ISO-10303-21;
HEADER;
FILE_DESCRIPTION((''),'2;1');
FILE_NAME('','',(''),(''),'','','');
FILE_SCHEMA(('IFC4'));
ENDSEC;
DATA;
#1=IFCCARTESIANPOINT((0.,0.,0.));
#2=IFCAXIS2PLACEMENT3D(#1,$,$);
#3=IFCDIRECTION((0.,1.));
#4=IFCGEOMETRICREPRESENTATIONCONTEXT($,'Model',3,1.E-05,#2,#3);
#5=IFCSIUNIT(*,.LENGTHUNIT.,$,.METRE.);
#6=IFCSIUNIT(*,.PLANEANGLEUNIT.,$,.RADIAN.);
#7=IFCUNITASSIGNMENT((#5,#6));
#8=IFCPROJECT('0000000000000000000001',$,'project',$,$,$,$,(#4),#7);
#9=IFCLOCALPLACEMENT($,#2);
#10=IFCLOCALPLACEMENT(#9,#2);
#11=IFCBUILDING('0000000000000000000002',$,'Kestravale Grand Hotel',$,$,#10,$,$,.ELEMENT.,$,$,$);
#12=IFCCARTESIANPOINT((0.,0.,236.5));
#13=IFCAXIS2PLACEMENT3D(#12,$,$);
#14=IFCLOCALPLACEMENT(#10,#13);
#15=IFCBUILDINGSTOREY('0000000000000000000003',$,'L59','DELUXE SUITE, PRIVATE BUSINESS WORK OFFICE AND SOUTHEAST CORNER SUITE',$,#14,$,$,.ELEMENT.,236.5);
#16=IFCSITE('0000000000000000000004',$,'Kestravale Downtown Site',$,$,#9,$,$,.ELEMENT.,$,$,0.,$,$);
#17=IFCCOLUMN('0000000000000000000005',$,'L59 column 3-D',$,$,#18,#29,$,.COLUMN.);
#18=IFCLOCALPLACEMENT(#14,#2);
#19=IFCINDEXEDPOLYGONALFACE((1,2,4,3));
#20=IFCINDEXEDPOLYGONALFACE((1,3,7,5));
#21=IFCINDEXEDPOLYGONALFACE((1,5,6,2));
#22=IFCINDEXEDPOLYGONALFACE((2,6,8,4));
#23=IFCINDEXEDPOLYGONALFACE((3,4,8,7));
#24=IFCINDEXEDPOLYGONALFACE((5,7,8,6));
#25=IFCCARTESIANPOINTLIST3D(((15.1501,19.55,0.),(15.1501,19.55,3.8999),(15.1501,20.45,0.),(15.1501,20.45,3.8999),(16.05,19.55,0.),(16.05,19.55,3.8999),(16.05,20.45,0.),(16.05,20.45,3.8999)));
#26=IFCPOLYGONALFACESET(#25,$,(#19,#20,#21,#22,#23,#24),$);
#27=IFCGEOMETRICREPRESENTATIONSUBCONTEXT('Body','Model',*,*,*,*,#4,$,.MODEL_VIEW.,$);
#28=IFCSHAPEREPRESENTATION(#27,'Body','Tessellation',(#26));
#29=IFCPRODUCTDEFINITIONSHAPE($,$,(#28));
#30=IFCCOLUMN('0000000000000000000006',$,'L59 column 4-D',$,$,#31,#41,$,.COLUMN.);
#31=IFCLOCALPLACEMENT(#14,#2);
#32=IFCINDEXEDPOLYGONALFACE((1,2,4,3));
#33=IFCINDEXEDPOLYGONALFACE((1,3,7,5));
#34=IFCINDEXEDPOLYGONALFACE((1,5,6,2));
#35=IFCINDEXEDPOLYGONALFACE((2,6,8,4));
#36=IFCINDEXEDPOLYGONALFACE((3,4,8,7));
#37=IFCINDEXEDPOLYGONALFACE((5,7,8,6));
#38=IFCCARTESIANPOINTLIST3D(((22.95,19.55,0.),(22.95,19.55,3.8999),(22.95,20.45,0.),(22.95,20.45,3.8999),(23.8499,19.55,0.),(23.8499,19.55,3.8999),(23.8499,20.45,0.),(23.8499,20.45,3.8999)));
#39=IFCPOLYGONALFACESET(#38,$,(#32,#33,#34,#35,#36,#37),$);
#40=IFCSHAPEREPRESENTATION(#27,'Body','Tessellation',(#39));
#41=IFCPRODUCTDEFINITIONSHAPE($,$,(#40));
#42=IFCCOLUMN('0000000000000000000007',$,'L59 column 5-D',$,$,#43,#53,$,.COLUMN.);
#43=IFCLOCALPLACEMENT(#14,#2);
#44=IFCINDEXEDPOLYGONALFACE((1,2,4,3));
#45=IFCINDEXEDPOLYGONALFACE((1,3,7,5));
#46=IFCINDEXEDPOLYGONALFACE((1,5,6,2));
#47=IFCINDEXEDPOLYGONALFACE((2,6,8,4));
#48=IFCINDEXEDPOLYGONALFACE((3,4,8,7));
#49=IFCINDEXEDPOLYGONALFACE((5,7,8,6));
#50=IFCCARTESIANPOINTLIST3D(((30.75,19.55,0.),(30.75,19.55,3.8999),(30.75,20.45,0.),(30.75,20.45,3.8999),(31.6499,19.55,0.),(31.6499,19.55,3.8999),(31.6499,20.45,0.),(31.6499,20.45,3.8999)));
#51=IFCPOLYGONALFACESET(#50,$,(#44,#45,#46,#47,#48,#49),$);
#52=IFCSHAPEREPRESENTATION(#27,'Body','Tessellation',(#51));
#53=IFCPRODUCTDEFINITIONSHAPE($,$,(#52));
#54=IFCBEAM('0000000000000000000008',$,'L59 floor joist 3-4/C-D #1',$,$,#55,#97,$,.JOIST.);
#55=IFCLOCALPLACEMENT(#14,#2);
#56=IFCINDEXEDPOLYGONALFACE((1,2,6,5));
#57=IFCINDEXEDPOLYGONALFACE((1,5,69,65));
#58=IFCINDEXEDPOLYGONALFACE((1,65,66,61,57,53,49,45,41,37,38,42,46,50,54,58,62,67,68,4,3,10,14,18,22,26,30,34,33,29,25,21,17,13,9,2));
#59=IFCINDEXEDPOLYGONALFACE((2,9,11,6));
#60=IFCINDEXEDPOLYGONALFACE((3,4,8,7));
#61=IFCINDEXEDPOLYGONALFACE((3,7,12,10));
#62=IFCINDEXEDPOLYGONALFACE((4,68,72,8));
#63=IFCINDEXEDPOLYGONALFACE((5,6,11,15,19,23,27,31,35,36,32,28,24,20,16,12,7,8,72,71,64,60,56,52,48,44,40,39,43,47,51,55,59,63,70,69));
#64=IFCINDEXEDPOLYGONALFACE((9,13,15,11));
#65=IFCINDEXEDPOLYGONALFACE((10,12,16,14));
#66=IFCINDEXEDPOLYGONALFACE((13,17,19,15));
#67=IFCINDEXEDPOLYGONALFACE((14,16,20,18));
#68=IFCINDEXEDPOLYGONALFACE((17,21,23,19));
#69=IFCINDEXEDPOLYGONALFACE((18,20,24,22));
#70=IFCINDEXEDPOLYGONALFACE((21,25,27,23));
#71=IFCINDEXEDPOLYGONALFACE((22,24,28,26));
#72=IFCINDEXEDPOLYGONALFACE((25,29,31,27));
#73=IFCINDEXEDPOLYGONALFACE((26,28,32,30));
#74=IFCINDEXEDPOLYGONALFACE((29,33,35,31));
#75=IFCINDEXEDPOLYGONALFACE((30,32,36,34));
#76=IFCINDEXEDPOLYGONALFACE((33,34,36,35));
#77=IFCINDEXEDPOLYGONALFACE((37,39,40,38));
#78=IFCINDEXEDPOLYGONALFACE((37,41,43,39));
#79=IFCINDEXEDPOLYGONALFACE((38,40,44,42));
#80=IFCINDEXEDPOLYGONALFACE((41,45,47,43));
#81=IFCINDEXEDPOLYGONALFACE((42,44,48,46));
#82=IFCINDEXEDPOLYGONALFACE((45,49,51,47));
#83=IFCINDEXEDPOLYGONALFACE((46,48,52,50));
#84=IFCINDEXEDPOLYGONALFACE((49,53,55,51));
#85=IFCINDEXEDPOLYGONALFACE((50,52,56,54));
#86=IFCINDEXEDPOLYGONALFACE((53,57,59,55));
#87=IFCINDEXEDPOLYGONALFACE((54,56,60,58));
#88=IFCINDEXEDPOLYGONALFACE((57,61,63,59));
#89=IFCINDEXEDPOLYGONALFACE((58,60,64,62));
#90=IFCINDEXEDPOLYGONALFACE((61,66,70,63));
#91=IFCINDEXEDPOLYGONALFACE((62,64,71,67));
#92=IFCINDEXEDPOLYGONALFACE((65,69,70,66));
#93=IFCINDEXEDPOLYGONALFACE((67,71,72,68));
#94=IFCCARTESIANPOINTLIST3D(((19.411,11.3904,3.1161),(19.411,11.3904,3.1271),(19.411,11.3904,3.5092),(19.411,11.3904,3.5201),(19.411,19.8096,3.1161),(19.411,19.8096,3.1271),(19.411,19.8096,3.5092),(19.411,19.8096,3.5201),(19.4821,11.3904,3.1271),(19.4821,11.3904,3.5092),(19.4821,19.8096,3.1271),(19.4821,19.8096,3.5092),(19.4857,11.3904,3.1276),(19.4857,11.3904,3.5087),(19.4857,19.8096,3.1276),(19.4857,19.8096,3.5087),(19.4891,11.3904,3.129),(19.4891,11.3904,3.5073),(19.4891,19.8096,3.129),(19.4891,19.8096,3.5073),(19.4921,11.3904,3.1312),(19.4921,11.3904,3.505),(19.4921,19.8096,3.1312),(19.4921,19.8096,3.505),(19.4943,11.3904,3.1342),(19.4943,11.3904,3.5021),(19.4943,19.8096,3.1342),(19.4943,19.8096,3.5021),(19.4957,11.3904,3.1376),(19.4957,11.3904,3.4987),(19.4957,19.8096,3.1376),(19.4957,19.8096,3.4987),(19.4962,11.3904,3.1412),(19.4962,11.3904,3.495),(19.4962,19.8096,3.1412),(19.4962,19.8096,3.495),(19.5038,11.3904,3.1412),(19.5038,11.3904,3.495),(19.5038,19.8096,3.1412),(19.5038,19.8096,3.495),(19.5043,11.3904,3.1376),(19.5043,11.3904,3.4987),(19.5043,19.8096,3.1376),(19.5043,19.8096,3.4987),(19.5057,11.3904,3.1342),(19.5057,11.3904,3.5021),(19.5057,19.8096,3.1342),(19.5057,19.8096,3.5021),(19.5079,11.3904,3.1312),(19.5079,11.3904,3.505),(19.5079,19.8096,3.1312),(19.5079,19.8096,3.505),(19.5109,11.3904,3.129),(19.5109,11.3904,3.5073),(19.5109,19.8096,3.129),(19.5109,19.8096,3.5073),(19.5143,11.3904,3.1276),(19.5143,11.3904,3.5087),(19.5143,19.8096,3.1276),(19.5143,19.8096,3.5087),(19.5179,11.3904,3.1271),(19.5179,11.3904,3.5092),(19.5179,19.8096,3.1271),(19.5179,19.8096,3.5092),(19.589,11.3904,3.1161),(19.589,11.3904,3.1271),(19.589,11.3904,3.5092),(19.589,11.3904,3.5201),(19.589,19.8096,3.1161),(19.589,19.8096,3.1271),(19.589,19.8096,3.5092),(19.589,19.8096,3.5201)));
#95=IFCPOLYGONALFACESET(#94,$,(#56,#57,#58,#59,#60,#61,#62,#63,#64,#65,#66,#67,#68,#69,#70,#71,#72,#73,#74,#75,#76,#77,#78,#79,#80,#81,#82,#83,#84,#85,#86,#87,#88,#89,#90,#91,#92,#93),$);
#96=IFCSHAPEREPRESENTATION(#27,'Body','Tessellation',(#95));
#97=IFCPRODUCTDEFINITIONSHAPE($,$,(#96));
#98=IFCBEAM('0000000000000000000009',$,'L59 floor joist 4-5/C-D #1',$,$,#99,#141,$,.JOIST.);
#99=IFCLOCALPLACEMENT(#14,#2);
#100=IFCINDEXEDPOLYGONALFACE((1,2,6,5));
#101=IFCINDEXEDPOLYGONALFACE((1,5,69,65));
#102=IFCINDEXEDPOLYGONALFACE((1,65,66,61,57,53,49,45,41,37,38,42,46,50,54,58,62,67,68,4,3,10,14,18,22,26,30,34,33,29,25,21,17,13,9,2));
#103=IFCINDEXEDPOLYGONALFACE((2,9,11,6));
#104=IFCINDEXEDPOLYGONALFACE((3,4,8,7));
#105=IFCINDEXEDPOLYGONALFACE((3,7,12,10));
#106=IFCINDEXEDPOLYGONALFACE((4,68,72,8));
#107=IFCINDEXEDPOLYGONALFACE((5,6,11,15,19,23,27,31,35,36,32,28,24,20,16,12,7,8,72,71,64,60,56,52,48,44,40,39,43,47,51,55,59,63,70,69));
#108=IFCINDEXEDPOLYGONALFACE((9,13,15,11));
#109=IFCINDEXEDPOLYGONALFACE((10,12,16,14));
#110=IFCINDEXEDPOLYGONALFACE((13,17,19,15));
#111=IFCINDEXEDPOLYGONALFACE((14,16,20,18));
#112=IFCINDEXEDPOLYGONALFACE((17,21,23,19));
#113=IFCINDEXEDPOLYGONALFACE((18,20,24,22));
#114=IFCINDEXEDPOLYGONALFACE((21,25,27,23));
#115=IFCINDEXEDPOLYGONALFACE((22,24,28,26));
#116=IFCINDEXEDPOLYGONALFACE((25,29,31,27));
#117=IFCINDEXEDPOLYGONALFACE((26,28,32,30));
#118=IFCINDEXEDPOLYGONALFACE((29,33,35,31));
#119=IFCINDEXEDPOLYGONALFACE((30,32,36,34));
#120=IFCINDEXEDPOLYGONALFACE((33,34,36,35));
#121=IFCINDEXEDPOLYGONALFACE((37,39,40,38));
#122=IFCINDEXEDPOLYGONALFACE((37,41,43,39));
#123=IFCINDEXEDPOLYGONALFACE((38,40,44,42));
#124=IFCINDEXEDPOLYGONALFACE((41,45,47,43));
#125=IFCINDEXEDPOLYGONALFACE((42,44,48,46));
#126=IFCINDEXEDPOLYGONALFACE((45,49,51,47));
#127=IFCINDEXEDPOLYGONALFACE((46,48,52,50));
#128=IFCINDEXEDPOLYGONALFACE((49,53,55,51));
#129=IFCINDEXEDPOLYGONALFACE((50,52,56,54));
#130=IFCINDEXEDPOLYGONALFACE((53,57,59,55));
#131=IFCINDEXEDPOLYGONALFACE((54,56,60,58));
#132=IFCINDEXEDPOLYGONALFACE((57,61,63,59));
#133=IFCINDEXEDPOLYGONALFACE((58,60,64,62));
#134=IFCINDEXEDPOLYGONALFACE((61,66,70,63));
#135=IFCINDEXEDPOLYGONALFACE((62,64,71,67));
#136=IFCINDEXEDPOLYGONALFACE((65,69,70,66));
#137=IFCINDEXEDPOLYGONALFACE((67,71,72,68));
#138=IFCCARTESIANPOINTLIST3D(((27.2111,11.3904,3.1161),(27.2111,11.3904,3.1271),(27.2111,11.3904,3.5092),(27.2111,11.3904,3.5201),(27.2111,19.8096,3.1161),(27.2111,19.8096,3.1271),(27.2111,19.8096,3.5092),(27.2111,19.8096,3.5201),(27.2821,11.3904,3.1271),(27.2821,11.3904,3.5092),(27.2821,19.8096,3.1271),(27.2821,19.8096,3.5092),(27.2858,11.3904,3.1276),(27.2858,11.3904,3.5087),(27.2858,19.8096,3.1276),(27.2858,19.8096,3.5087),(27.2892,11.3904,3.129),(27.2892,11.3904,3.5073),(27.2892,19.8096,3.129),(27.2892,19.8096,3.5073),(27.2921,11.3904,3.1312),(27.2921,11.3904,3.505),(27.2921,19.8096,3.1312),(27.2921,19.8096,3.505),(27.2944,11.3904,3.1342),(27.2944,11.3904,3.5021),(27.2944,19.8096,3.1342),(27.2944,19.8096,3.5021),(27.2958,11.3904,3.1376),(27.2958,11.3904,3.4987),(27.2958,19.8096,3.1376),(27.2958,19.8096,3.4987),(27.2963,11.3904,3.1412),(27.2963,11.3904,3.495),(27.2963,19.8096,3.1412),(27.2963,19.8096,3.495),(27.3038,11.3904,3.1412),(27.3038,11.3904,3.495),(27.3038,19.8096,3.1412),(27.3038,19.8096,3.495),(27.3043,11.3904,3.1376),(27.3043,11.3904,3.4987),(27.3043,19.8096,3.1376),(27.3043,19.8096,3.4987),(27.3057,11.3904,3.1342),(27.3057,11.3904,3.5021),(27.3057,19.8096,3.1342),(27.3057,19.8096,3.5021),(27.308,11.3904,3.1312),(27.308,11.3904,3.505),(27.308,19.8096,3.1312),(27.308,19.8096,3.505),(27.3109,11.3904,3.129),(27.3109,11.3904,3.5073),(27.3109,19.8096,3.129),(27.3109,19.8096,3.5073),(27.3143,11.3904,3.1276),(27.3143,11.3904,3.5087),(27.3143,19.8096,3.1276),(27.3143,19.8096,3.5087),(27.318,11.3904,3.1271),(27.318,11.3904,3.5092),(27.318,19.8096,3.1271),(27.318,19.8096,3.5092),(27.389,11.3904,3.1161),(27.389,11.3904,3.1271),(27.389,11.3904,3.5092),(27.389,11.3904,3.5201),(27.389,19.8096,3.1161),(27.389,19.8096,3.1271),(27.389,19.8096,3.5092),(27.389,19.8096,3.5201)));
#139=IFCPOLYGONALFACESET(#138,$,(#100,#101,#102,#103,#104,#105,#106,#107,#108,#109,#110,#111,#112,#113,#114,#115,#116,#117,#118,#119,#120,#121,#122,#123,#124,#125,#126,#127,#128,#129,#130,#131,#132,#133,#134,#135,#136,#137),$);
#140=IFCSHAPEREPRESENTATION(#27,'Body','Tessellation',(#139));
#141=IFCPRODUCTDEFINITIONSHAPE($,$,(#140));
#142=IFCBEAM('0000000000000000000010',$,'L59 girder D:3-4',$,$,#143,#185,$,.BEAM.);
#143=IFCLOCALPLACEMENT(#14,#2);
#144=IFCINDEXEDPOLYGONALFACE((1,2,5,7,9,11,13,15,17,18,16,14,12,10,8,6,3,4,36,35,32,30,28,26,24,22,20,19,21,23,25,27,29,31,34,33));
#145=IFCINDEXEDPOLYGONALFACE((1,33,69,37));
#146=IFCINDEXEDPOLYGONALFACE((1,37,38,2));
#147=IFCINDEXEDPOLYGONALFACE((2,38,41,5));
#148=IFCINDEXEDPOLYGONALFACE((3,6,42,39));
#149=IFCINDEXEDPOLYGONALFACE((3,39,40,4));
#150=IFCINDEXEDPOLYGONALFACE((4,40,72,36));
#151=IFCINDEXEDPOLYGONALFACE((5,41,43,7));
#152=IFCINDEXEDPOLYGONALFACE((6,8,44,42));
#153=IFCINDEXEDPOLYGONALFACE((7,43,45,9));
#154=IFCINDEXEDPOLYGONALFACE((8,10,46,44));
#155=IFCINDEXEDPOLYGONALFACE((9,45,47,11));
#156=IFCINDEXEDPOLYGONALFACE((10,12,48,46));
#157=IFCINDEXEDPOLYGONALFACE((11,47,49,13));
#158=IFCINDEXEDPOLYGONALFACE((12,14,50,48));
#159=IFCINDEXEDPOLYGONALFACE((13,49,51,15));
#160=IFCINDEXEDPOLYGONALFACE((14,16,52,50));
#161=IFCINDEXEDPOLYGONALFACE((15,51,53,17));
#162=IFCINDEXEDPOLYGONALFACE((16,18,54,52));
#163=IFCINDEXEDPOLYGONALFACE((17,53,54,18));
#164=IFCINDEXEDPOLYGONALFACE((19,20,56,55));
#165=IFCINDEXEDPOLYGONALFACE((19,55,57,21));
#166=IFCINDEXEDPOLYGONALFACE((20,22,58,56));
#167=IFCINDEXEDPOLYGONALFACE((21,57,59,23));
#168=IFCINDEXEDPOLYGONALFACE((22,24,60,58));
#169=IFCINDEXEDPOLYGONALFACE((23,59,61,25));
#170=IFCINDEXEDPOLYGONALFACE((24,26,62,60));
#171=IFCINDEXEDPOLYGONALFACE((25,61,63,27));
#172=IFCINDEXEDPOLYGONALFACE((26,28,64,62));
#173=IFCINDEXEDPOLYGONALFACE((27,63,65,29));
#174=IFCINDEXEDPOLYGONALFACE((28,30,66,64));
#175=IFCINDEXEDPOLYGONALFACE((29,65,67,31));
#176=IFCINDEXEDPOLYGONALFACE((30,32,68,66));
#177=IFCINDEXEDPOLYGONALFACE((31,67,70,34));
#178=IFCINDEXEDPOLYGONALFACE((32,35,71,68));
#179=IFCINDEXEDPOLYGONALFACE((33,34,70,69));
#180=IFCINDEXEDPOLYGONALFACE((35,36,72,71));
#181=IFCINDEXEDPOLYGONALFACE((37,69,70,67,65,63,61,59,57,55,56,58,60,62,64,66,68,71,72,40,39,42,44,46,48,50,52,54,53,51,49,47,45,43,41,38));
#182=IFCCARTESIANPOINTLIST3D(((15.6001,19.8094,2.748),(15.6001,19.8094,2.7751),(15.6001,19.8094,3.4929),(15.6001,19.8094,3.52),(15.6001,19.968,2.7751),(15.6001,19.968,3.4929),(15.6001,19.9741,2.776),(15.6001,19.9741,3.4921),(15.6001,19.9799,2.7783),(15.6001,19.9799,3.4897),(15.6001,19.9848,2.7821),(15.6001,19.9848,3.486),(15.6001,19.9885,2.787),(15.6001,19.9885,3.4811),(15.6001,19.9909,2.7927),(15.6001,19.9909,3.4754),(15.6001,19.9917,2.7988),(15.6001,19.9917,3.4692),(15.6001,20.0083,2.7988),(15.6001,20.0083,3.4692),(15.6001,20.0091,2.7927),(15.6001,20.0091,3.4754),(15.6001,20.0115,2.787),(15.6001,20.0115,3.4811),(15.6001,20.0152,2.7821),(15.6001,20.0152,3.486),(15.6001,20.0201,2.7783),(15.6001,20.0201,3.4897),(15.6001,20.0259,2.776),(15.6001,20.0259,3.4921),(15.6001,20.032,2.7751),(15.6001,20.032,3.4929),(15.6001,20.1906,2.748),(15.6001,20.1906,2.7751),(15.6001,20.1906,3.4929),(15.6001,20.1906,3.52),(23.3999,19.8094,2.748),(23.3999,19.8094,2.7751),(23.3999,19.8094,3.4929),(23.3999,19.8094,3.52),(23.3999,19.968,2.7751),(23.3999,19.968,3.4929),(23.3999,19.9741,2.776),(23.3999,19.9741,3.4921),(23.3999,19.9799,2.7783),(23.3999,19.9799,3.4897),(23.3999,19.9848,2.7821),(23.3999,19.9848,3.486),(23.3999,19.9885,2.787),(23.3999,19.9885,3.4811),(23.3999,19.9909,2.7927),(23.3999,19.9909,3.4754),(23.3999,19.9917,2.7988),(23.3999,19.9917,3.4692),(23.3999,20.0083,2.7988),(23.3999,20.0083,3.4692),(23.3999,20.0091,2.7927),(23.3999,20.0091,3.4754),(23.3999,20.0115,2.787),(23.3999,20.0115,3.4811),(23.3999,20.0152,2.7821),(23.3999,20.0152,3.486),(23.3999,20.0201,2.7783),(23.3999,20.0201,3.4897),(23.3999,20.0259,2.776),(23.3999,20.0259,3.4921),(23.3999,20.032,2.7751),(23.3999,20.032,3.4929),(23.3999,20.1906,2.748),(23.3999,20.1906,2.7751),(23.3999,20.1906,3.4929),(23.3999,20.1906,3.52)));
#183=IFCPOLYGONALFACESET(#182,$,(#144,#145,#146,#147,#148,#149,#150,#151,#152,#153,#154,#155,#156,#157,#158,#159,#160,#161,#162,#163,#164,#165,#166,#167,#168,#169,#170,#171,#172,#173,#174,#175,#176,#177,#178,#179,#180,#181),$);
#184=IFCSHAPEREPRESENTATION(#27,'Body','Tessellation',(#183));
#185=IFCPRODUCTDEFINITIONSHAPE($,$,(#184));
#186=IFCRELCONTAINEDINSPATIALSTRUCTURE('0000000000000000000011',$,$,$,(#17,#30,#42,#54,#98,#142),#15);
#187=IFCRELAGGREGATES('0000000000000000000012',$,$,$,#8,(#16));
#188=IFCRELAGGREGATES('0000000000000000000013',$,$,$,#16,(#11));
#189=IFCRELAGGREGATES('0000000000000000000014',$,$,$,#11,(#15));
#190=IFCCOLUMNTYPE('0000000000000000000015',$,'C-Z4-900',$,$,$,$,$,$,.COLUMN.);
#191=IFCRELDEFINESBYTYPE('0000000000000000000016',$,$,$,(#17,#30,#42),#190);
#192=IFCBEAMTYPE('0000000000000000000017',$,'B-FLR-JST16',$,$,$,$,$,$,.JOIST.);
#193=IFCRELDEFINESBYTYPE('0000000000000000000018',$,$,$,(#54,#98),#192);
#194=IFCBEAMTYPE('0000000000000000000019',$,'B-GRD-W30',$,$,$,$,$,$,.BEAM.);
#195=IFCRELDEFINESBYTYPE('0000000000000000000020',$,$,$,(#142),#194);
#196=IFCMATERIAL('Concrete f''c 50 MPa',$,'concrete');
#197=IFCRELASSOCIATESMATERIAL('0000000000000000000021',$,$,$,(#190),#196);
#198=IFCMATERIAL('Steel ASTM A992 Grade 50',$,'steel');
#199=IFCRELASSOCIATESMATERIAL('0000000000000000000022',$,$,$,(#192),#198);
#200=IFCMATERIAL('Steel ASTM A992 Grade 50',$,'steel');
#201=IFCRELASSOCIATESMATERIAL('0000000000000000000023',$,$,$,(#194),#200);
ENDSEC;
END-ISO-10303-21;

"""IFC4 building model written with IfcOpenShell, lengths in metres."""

from ifc_helpers import new_model, si_unit, direction, frame, origin, origin_2d, place, context, subcontext, project, spatial, rectangle, i_section, extrude, material, material_profile, profile_set, type_object, element, save


model = new_model("IFC4")

# Units and contexts
model_context = context("Model", 3, precision=1e-05, world=origin(), true_north=direction((0.0, 1.0)))
body_context = subcontext(model_context, "Body", "Model", "MODEL_VIEW")
ifc_project = project(units=[si_unit("LENGTHUNIT", "METRE"), si_unit("PLANEANGLEUNIT", "RADIAN")], contexts=[model_context])

# Site, building, storey
site_placement = place(None, origin())
site = spatial("IfcSite", under=ifc_project, at=site_placement, Name="Kestravale Downtown Site", CompositionType="ELEMENT", RefElevation=0.0)
building_placement = place(site_placement, origin())
building = spatial("IfcBuilding", under=site, at=building_placement, Name="Kestravale Grand Hotel", CompositionType="ELEMENT")
storey_placement = place(building_placement, frame((0.0, 0.0, 236.5)))
storey = spatial("IfcBuildingStorey", under=building, at=storey_placement, Name="L59", Description="DELUXE SUITE, PRIVATE BUSINESS WORK OFFICE AND SOUTHEAST CORNER SUITE", CompositionType="ELEMENT", Elevation=236.5)

# Columns
ifc_material_1 = material(Name="Concrete f'c 50 MPa", Category="concrete")
ifc_material_profile_1 = material_profile(ifc_material_1, rectangle(XDim=0.8999, YDim=0.8999, at=origin_2d()))
ifc_profile_set_1 = profile_set([ifc_material_profile_1], Name="Concrete f'c 50 MPa")
column_type = type_object("IfcColumnType", Name="C-Z4-900", PredefinedType="COLUMN", material=ifc_profile_set_1)
for number, where, z_axis, x_axis, name in (
    (1, (15.6001, 20.0, 0.0), (0.0, 0.0, 1.0), (1.0, 0.0, 0.0), "L59 column 3-D"),
    (2, (23.3999, 20.0, 0.0), (0.0, 0.0, 1.0), (1.0, 0.0, 0.0), "L59 column 4-D"),
    (3, (31.2, 20.0, 0.0), (0.0, 0.0, 1.0), (1.0, 0.0, 0.0), "L59 column 5-D"),
):
    element("IfcColumn", number, at=place(storey_placement, frame(where, z_axis=z_axis, x_axis=x_axis)), inside=storey, type_object=column_type, Name=name, PredefinedType="COLUMN", context=body_context, shape_type="SweptSolid", body=[
        extrude(rectangle(XDim=0.8999, YDim=0.8999, at=origin_2d()), origin(), (0.0, 0.0, 1.0), 3.8999),
    ])

# Beams
ifc_material_2 = material(Name="Steel ASTM A992 Grade 50", Category="steel")
ifc_material_profile_2 = material_profile(ifc_material_2, i_section(OverallWidth=0.178, OverallDepth=0.4041, WebThickness=0.0076, FlangeThickness=0.011, FilletRadius=0.0142, at=origin_2d()))
ifc_profile_set_2 = profile_set([ifc_material_profile_2], Name="Steel ASTM A992 Grade 50")
beam_type_1 = type_object("IfcBeamType", Name="B-FLR-JST16", PredefinedType="JOIST", material=ifc_profile_set_2)
for number, where, z_axis, x_axis, name in (
    (4, (19.5, 11.3904, 3.3181), (0.0, 1.0, 0.0), (-1.0, 0.0, 0.0), "L59 floor joist 3-4/C-D #1"),
    (5, (27.3, 11.3904, 3.3181), (0.0, 1.0, 0.0), (-1.0, 0.0, 0.0), "L59 floor joist 4-5/C-D #1"),
):
    element("IfcBeam", number, at=place(storey_placement, frame(where, z_axis=z_axis, x_axis=x_axis)), inside=storey, type_object=beam_type_1, Name=name, PredefinedType="JOIST", context=body_context, shape_type="SweptSolid", body=[
        extrude(i_section(OverallWidth=0.178, OverallDepth=0.4041, WebThickness=0.0076, FlangeThickness=0.011, FilletRadius=0.0142, at=origin_2d()), origin(), (0.0, 0.0, 1.0), 8.4192),
    ])
ifc_material_3 = material(Name="Steel ASTM A992 Grade 50", Category="steel")
ifc_material_profile_3 = material_profile(ifc_material_3, i_section(OverallWidth=0.3811, OverallDepth=0.772, WebThickness=0.0166, FlangeThickness=0.0271, FilletRadius=0.0237, at=origin_2d()))
ifc_profile_set_3 = profile_set([ifc_material_profile_3], Name="Steel ASTM A992 Grade 50")
beam_type_2 = type_object("IfcBeamType", Name="B-GRD-W30", PredefinedType="BEAM", material=ifc_profile_set_3)
beam_1_placement = place(storey_placement, frame((15.6001, 20.0, 3.134), z_axis=(1.0, 0.0, 0.0), x_axis=(0.0, 1.0, 0.0)))
element("IfcBeam", 6, at=beam_1_placement, inside=storey, type_object=beam_type_2, Name="L59 girder D:3-4", PredefinedType="BEAM", context=body_context, shape_type="SweptSolid", body=[
    extrude(i_section(OverallWidth=0.3811, OverallDepth=0.772, WebThickness=0.0166, FlangeThickness=0.0271, FilletRadius=0.0237, at=origin_2d()), origin(), (0.0, 0.0, 1.0), 7.7998),
])

save(model, "model.ifc")
